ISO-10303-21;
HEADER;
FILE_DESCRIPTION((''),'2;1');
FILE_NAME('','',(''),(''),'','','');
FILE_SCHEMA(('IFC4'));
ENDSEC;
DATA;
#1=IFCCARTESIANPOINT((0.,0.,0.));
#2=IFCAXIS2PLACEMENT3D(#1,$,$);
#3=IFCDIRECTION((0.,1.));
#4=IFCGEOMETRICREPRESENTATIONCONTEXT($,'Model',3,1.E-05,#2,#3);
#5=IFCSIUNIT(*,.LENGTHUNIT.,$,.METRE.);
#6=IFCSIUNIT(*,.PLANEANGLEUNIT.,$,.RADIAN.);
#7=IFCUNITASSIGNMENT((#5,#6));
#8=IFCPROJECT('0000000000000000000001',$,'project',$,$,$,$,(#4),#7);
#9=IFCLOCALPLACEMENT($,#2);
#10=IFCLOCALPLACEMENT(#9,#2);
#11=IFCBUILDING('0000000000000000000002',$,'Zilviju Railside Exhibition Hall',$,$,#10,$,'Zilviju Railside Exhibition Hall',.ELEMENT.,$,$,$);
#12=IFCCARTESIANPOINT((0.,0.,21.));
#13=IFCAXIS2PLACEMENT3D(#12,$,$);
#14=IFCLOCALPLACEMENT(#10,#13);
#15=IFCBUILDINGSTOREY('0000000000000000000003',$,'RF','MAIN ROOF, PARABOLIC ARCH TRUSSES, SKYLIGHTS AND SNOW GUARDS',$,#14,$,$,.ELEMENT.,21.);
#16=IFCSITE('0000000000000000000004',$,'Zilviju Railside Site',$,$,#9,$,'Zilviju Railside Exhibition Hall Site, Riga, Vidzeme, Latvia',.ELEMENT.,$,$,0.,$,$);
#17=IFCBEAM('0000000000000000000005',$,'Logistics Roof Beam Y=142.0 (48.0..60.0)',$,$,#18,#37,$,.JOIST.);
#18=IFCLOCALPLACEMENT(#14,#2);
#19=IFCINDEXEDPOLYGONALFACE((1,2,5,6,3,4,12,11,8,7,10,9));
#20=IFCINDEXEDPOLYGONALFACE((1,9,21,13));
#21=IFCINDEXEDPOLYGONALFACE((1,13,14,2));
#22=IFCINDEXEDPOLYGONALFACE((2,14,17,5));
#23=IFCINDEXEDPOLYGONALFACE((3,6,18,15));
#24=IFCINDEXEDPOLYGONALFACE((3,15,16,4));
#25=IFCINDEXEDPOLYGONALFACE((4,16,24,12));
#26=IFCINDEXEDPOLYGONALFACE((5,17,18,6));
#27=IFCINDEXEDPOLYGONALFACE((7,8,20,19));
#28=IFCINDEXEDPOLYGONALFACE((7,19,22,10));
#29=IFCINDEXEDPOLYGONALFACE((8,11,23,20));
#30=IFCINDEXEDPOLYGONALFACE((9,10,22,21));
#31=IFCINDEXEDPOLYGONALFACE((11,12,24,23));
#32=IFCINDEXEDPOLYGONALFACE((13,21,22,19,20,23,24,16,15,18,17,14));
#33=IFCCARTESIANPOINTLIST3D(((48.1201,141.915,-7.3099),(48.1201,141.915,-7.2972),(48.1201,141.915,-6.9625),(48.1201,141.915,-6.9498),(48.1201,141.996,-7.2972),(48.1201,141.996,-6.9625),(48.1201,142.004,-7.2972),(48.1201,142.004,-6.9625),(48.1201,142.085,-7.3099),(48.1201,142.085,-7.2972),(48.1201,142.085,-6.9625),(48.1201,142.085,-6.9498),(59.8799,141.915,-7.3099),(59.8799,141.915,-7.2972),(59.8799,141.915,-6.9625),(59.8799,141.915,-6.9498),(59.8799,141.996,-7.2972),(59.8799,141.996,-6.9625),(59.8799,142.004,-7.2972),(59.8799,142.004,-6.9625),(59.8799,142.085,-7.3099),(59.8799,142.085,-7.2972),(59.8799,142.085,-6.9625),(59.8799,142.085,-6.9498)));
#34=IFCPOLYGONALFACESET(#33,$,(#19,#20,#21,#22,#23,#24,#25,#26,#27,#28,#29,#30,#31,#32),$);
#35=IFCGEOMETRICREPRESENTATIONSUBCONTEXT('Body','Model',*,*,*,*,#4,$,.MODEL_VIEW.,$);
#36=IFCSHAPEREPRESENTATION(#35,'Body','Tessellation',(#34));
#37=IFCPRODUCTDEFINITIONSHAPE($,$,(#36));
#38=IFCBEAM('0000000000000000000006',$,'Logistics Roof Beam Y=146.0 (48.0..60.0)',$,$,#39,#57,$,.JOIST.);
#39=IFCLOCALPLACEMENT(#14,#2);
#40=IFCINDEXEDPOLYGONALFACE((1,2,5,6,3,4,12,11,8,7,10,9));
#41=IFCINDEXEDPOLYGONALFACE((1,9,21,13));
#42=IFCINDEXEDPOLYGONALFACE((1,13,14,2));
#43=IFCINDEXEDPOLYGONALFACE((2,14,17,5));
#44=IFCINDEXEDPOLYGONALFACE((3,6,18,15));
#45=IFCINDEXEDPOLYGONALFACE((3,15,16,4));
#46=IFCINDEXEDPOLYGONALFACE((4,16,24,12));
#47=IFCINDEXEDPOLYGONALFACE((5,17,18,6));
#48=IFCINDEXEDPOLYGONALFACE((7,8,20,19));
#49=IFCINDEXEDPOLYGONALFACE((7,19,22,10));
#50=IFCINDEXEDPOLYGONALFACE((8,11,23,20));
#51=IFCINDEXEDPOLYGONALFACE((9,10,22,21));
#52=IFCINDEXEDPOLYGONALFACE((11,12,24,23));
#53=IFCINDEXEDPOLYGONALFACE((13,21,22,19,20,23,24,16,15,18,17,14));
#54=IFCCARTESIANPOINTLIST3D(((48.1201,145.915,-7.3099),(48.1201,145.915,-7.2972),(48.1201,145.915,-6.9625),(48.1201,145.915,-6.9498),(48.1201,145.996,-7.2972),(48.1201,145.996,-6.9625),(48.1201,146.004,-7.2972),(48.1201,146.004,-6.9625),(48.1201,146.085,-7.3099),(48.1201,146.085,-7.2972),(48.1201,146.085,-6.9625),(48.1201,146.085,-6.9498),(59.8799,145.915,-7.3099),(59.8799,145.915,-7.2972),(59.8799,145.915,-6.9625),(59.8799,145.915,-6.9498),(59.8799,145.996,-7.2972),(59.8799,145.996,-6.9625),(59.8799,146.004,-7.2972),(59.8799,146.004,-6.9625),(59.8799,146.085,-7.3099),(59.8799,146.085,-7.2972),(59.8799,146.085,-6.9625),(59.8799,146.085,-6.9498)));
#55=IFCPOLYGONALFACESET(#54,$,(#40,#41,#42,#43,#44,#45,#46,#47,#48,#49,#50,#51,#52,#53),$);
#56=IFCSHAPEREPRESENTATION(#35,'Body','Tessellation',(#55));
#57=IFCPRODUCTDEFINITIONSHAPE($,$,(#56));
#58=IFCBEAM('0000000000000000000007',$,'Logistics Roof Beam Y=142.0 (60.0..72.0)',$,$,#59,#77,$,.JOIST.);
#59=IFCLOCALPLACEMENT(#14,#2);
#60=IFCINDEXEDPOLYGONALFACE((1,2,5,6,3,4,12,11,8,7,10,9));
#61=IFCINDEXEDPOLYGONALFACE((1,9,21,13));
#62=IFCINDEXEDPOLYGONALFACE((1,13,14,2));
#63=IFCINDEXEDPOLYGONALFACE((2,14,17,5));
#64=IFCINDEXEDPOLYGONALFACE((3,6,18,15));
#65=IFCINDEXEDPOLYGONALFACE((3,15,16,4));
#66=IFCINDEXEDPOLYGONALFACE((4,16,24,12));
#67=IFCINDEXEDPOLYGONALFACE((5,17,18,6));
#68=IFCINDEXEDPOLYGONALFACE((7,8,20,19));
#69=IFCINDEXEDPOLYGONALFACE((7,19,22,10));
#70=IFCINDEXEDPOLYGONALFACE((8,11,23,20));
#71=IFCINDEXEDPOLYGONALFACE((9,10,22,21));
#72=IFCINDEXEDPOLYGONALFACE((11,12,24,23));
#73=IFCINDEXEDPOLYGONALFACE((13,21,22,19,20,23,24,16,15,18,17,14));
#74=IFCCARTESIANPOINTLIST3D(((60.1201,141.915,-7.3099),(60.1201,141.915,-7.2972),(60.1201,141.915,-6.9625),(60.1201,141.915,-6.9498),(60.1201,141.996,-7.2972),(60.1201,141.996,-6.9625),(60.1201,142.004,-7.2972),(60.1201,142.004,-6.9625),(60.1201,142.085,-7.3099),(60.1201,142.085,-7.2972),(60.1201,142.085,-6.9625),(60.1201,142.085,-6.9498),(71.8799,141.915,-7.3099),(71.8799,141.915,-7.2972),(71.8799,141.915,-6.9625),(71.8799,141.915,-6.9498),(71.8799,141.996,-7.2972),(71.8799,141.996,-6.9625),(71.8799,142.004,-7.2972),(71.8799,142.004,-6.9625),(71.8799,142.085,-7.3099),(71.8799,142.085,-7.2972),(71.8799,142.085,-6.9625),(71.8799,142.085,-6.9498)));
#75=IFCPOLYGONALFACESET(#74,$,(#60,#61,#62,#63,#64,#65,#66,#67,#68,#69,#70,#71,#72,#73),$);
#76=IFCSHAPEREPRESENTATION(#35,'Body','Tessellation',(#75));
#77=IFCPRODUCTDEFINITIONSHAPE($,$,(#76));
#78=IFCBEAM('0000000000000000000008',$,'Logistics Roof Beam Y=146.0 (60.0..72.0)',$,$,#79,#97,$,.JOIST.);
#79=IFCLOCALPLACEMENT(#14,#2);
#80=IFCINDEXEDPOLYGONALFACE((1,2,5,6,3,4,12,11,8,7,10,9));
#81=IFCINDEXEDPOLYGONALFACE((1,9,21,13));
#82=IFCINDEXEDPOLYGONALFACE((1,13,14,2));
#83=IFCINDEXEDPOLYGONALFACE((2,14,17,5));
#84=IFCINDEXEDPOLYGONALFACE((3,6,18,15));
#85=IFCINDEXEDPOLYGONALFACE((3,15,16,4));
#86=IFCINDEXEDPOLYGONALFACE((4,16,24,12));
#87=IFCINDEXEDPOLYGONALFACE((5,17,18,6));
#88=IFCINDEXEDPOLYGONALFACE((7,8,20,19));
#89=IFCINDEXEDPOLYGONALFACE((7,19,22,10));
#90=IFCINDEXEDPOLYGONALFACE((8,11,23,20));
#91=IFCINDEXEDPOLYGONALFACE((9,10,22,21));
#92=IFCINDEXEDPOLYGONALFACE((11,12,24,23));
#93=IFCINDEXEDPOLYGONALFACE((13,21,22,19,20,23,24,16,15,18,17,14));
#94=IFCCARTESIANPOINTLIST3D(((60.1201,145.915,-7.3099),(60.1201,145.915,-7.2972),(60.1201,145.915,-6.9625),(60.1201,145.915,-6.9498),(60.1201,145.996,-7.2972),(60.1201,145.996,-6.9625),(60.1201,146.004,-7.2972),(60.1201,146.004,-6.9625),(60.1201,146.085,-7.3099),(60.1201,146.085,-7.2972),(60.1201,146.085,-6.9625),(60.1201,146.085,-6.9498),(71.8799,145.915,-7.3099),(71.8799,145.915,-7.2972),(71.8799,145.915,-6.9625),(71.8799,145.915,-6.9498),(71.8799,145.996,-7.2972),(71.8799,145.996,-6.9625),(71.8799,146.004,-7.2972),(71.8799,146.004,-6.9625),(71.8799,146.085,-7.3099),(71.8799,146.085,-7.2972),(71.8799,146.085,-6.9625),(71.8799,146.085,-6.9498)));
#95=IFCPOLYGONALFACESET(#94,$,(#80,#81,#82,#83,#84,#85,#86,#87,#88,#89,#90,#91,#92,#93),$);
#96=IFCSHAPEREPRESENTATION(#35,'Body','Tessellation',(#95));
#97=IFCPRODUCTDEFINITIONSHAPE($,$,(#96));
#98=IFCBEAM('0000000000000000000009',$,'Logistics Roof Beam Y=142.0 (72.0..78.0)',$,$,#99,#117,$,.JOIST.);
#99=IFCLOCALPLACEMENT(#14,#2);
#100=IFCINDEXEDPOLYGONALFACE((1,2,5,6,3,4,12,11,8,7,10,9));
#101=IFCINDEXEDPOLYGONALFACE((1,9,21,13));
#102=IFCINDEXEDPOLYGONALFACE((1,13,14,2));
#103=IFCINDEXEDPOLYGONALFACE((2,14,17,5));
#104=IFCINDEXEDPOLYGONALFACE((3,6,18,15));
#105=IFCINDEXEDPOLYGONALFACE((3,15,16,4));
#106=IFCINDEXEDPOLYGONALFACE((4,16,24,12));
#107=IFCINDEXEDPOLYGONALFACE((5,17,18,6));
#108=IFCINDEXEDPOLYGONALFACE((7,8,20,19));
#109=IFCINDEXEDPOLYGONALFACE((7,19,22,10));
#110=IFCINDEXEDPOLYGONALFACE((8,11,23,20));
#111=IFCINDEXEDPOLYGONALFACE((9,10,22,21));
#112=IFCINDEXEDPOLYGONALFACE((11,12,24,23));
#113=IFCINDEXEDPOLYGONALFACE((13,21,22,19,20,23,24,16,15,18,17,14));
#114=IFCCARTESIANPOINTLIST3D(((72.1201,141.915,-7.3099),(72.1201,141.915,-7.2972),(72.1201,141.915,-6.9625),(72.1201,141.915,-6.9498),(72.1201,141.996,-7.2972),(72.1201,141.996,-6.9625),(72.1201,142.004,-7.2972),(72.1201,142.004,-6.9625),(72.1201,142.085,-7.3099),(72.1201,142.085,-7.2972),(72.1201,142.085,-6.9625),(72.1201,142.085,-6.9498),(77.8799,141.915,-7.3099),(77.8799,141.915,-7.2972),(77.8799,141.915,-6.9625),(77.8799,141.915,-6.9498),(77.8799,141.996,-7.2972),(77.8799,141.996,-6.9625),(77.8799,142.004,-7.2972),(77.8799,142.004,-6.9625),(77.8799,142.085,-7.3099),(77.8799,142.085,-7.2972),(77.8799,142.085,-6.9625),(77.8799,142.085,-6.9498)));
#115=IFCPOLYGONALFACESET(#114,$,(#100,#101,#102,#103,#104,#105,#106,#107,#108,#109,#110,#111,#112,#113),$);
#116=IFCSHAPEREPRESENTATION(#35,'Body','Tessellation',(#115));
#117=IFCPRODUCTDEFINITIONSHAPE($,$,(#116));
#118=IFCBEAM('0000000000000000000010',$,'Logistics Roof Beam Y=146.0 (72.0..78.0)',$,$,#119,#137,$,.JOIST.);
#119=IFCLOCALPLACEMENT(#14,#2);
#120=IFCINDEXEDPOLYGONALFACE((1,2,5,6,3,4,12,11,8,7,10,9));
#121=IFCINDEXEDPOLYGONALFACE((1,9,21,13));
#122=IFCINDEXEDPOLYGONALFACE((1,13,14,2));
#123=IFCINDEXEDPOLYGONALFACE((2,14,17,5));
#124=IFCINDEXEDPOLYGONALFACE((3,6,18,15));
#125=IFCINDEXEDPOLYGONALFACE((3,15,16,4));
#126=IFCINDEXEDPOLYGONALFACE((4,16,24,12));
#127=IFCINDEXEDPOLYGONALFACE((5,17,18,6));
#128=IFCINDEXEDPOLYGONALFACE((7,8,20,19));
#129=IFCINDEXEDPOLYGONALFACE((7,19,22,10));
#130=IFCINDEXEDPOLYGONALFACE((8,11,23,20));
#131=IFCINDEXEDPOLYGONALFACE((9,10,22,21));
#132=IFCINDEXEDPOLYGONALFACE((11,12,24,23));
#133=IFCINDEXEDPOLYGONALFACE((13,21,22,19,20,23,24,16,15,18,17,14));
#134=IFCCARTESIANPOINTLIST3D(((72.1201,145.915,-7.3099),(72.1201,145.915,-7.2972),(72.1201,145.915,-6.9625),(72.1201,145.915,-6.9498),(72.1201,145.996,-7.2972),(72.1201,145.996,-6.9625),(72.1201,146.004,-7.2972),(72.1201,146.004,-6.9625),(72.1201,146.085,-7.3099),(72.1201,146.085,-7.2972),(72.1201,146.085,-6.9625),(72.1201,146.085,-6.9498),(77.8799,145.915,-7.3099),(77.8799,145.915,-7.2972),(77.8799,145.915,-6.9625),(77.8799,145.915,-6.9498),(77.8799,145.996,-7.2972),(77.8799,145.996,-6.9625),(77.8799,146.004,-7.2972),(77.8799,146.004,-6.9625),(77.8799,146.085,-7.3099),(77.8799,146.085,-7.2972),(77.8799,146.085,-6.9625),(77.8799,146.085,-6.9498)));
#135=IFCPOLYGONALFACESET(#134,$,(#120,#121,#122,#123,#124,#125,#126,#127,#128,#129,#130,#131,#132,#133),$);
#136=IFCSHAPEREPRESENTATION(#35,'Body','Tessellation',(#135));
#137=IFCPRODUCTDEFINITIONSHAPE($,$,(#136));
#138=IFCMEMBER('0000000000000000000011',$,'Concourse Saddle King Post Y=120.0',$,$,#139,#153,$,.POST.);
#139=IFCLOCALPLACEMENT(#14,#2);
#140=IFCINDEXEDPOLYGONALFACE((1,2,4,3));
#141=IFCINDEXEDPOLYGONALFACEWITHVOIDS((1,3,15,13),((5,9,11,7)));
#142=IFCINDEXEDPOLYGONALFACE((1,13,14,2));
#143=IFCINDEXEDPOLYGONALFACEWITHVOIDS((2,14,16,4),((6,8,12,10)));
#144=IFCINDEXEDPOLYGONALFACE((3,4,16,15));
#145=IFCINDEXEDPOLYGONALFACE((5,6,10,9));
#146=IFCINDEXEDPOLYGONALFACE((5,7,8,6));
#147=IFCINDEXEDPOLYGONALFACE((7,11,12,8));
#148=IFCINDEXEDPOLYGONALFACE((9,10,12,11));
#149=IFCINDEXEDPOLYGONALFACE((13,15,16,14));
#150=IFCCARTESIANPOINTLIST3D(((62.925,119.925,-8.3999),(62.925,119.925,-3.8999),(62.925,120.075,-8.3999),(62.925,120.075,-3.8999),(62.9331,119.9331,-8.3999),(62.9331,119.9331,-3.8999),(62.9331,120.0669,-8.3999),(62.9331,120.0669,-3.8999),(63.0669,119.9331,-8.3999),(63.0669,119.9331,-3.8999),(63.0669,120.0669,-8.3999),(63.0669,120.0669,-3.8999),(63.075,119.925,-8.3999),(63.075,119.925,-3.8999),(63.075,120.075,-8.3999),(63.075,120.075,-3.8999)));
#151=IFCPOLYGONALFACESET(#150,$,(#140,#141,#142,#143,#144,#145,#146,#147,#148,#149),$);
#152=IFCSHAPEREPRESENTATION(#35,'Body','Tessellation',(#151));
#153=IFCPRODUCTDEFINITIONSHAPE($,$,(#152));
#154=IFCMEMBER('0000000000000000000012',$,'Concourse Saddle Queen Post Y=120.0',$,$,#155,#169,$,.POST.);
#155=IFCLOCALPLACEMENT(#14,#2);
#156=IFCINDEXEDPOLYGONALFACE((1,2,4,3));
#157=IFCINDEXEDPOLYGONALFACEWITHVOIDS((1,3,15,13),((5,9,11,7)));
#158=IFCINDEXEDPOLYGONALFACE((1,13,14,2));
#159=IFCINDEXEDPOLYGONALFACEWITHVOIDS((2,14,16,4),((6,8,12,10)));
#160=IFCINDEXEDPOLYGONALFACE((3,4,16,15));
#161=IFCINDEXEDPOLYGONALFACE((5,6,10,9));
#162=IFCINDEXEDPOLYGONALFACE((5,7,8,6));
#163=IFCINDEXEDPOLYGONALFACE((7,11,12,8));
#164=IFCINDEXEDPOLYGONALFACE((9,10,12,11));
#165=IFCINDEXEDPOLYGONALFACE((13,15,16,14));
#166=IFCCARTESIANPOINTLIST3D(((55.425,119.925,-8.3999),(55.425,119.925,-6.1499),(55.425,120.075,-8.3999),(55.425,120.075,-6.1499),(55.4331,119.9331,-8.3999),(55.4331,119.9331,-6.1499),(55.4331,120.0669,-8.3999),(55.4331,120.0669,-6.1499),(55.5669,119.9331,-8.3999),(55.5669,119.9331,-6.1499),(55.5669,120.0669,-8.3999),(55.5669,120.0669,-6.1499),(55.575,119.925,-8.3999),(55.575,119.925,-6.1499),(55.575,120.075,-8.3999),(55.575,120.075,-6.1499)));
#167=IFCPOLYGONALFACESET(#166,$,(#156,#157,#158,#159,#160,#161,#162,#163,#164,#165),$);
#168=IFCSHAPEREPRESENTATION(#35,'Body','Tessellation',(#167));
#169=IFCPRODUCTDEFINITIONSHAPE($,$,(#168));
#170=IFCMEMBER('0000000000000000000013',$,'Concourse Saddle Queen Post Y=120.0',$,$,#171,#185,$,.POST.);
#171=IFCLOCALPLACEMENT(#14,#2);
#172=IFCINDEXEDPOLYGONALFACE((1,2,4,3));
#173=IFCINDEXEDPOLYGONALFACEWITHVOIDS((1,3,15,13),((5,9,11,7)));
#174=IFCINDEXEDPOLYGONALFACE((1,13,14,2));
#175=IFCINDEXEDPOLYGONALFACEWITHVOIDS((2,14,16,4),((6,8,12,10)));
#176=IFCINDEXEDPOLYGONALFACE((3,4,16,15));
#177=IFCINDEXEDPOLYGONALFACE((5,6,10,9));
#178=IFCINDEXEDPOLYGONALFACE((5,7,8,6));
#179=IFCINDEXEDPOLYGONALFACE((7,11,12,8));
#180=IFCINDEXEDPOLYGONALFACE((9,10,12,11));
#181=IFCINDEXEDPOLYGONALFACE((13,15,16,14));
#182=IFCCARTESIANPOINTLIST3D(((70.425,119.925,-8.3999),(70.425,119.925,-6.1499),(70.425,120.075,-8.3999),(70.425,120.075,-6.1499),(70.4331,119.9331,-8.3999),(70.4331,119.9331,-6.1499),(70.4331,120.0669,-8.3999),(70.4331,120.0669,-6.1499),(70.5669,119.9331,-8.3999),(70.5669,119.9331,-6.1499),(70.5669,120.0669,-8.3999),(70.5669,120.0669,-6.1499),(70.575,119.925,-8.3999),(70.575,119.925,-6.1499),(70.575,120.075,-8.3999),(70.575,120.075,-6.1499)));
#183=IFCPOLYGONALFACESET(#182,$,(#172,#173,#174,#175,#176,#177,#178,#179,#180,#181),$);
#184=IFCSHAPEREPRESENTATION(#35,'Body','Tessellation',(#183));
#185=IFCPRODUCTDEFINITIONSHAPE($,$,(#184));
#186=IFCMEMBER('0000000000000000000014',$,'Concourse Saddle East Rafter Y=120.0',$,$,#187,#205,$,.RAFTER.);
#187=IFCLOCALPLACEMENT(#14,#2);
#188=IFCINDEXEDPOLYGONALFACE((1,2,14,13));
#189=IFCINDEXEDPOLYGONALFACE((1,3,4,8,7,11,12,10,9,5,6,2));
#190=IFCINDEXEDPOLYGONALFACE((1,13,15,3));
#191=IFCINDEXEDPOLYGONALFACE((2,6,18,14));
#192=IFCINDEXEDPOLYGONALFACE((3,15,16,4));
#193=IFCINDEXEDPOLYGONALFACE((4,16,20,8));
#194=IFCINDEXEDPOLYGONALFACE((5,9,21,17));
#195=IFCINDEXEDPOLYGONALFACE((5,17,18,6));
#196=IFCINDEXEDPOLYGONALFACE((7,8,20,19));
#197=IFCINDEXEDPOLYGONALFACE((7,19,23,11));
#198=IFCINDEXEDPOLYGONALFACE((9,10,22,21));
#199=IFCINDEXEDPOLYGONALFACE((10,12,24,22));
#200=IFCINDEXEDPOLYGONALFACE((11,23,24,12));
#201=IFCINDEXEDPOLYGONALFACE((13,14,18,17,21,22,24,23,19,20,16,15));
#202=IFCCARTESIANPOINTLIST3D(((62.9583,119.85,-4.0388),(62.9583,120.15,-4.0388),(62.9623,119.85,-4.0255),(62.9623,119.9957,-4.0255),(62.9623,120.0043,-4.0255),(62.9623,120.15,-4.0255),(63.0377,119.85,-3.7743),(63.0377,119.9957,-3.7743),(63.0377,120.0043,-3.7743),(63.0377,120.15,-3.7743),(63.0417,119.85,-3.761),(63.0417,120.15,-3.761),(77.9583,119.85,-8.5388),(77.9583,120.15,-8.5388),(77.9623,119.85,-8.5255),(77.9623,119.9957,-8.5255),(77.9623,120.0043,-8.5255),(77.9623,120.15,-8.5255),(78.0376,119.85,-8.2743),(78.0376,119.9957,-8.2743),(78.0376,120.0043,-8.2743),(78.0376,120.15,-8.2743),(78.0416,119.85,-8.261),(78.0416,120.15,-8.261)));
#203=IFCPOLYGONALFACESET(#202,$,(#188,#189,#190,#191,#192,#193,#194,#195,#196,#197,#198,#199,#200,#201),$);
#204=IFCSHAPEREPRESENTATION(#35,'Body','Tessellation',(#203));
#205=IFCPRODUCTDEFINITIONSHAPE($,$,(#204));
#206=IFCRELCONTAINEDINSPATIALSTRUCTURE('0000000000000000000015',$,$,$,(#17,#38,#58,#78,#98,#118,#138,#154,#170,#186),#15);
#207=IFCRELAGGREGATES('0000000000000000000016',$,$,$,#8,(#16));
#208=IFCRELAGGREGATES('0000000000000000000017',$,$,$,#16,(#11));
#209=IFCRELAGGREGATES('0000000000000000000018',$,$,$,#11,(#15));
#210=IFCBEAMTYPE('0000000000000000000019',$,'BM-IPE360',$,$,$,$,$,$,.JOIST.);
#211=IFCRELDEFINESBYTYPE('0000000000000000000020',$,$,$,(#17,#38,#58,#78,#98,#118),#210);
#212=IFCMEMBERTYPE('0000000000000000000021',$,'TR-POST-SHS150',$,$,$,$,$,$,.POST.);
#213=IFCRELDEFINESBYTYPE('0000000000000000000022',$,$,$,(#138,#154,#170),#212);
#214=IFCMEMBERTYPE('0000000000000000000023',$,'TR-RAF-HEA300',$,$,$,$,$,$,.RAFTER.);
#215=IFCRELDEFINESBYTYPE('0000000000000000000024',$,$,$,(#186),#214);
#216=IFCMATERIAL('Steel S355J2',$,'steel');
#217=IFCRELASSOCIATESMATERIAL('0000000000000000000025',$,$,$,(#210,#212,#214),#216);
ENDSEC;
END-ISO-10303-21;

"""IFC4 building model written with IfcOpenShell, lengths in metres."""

from ifc_helpers import new_model, si_unit, direction, frame, origin, origin_2d, place, context, subcontext, project, spatial, hollow_rectangle, i_section, extrude, material, material_profile, profile_set, type_object, element, save


model = new_model("IFC4")

# Units and contexts
model_context = context("Model", 3, precision=1e-05, world=origin(), true_north=direction((0.0, 1.0)))
body_context = subcontext(model_context, "Body", "Model", "MODEL_VIEW")
ifc_project = project(units=[si_unit("LENGTHUNIT", "METRE"), si_unit("PLANEANGLEUNIT", "RADIAN")], contexts=[model_context])

# Site, building, storey
site_placement = place(None, origin())
site = spatial("IfcSite", under=ifc_project, at=site_placement, Name="Zilviju Railside Site", LongName="Zilviju Railside Exhibition Hall Site, Riga, Vidzeme, Latvia", CompositionType="ELEMENT", RefElevation=0.0)
building_placement = place(site_placement, origin())
building = spatial("IfcBuilding", under=site, at=building_placement, Name="Zilviju Railside Exhibition Hall", LongName="Zilviju Railside Exhibition Hall", CompositionType="ELEMENT")
storey_placement = place(building_placement, frame((0.0, 0.0, 21.0)))
storey = spatial("IfcBuildingStorey", under=building, at=storey_placement, Name="RF", Description="MAIN ROOF, PARABOLIC ARCH TRUSSES, SKYLIGHTS AND SNOW GUARDS", CompositionType="ELEMENT", Elevation=21.0)

# Beams
ifc_material_1 = material(Name="Steel S355J2", Category="steel")
ifc_material_profile_1 = material_profile(ifc_material_1, i_section(OverallWidth=0.1699, OverallDepth=0.3601, WebThickness=0.0081, FlangeThickness=0.0127, at=origin_2d()), Name="IPE 360")
ifc_profile_set_1 = profile_set([ifc_material_profile_1], Name="Steel S355J2")
beam_type_1 = type_object("IfcBeamType", Name="BM-IPE360", PredefinedType="JOIST", material=ifc_profile_set_1)
for number, where, z_axis, x_axis, name in (
    (1, (48.1201, 142.0, -7.1299), (1.0, 0.0, 0.0), (0.0, 1.0, 0.0), "Logistics Roof Beam Y=142.0 (48.0..60.0)"),
    (2, (48.1201, 146.0, -7.1299), (1.0, 0.0, 0.0), (0.0, 1.0, 0.0), "Logistics Roof Beam Y=146.0 (48.0..60.0)"),
    (3, (60.1201, 142.0, -7.1299), (1.0, 0.0, 0.0), (0.0, 1.0, 0.0), "Logistics Roof Beam Y=142.0 (60.0..72.0)"),
    (4, (60.1201, 146.0, -7.1299), (1.0, 0.0, 0.0), (0.0, 1.0, 0.0), "Logistics Roof Beam Y=146.0 (60.0..72.0)"),
):
    element("IfcBeam", number, at=place(storey_placement, frame(where, z_axis=z_axis, x_axis=x_axis)), inside=storey, type_object=beam_type_1, Name=name, PredefinedType="JOIST", context=body_context, shape_type="SweptSolid", body=[
        extrude(i_section(OverallWidth=0.1699, OverallDepth=0.3601, WebThickness=0.0081, FlangeThickness=0.0127, at=origin_2d()), origin(), (0.0, 0.0, 1.0), 11.7598),
    ])
for number, where, z_axis, x_axis, name in (
    (5, (72.1201, 142.0, -7.1299), (1.0, 0.0, 0.0), (0.0, 1.0, 0.0), "Logistics Roof Beam Y=142.0 (72.0..78.0)"),
    (6, (72.1201, 146.0, -7.1299), (1.0, 0.0, 0.0), (0.0, 1.0, 0.0), "Logistics Roof Beam Y=146.0 (72.0..78.0)"),
):
    element("IfcBeam", number, at=place(storey_placement, frame(where, z_axis=z_axis, x_axis=x_axis)), inside=storey, type_object=beam_type_1, Name=name, PredefinedType="JOIST", context=body_context, shape_type="SweptSolid", body=[
        extrude(i_section(OverallWidth=0.1699, OverallDepth=0.3601, WebThickness=0.0081, FlangeThickness=0.0127, at=origin_2d()), origin(), (0.0, 0.0, 1.0), 5.7598),
    ])

# Members
ifc_material_profile_2 = material_profile(ifc_material_1, hollow_rectangle(XDim=0.1499, YDim=0.1499, WallThickness=0.0081, at=origin_2d()), Name="SHS 150x150x8.0")
ifc_profile_set_2 = profile_set([ifc_material_profile_2], Name="Steel S355J2")
member_type_1 = type_object("IfcMemberType", Name="TR-POST-SHS150", PredefinedType="POST", material=ifc_profile_set_2)
member_1_placement = place(storey_placement, frame((63.0, 120.0, -8.3999), z_axis=(0.0, 0.0, 1.0), x_axis=(1.0, 0.0, 0.0)))
element("IfcMember", 7, at=member_1_placement, inside=storey, type_object=member_type_1, Name="Concourse Saddle King Post Y=120.0", PredefinedType="POST", context=body_context, shape_type="SweptSolid", body=[
    extrude(hollow_rectangle(XDim=0.1499, YDim=0.1499, WallThickness=0.0081, at=origin_2d()), origin(), (0.0, 0.0, 1.0), 4.5),
])
for number, where, z_axis, x_axis, name in (
    (8, (55.5, 120.0, -8.3999), (0.0, 0.0, 1.0), (1.0, 0.0, 0.0), "Concourse Saddle Queen Post Y=120.0"),
    (9, (70.5, 120.0, -8.3999), (0.0, 0.0, 1.0), (1.0, 0.0, 0.0), "Concourse Saddle Queen Post Y=120.0"),
):
    element("IfcMember", number, at=place(storey_placement, frame(where, z_axis=z_axis, x_axis=x_axis)), inside=storey, type_object=member_type_1, Name=name, PredefinedType="POST", context=body_context, shape_type="SweptSolid", body=[
        extrude(hollow_rectangle(XDim=0.1499, YDim=0.1499, WallThickness=0.0081, at=origin_2d()), origin(), (0.0, 0.0, 1.0), 2.25),
    ])
ifc_material_profile_3 = material_profile(ifc_material_1, i_section(OverallWidth=0.3, OverallDepth=0.29, WebThickness=0.0085, FlangeThickness=0.0139, at=origin_2d()), Name="HEA 300")
ifc_profile_set_3 = profile_set([ifc_material_profile_3], Name="Steel S355J2")
member_type_2 = type_object("IfcMemberType", Name="TR-RAF-HEA300", PredefinedType="RAFTER", material=ifc_profile_set_3)
member_2_placement = place(storey_placement, frame((63.0, 120.0, -3.8999), z_axis=(0.957826, 0.0, -0.287348), x_axis=(0.0, 1.0, 0.0)))
element("IfcMember", 10, at=member_2_placement, inside=storey, type_object=member_type_2, Name="Concourse Saddle East Rafter Y=120.0", PredefinedType="RAFTER", context=body_context, shape_type="SweptSolid", body=[
    extrude(i_section(OverallWidth=0.3, OverallDepth=0.29, WebThickness=0.0085, FlangeThickness=0.0139, at=origin_2d()), origin(), (0.0, 0.0, 1.0), 15.6604),
])

save(model, "model.ifc")
